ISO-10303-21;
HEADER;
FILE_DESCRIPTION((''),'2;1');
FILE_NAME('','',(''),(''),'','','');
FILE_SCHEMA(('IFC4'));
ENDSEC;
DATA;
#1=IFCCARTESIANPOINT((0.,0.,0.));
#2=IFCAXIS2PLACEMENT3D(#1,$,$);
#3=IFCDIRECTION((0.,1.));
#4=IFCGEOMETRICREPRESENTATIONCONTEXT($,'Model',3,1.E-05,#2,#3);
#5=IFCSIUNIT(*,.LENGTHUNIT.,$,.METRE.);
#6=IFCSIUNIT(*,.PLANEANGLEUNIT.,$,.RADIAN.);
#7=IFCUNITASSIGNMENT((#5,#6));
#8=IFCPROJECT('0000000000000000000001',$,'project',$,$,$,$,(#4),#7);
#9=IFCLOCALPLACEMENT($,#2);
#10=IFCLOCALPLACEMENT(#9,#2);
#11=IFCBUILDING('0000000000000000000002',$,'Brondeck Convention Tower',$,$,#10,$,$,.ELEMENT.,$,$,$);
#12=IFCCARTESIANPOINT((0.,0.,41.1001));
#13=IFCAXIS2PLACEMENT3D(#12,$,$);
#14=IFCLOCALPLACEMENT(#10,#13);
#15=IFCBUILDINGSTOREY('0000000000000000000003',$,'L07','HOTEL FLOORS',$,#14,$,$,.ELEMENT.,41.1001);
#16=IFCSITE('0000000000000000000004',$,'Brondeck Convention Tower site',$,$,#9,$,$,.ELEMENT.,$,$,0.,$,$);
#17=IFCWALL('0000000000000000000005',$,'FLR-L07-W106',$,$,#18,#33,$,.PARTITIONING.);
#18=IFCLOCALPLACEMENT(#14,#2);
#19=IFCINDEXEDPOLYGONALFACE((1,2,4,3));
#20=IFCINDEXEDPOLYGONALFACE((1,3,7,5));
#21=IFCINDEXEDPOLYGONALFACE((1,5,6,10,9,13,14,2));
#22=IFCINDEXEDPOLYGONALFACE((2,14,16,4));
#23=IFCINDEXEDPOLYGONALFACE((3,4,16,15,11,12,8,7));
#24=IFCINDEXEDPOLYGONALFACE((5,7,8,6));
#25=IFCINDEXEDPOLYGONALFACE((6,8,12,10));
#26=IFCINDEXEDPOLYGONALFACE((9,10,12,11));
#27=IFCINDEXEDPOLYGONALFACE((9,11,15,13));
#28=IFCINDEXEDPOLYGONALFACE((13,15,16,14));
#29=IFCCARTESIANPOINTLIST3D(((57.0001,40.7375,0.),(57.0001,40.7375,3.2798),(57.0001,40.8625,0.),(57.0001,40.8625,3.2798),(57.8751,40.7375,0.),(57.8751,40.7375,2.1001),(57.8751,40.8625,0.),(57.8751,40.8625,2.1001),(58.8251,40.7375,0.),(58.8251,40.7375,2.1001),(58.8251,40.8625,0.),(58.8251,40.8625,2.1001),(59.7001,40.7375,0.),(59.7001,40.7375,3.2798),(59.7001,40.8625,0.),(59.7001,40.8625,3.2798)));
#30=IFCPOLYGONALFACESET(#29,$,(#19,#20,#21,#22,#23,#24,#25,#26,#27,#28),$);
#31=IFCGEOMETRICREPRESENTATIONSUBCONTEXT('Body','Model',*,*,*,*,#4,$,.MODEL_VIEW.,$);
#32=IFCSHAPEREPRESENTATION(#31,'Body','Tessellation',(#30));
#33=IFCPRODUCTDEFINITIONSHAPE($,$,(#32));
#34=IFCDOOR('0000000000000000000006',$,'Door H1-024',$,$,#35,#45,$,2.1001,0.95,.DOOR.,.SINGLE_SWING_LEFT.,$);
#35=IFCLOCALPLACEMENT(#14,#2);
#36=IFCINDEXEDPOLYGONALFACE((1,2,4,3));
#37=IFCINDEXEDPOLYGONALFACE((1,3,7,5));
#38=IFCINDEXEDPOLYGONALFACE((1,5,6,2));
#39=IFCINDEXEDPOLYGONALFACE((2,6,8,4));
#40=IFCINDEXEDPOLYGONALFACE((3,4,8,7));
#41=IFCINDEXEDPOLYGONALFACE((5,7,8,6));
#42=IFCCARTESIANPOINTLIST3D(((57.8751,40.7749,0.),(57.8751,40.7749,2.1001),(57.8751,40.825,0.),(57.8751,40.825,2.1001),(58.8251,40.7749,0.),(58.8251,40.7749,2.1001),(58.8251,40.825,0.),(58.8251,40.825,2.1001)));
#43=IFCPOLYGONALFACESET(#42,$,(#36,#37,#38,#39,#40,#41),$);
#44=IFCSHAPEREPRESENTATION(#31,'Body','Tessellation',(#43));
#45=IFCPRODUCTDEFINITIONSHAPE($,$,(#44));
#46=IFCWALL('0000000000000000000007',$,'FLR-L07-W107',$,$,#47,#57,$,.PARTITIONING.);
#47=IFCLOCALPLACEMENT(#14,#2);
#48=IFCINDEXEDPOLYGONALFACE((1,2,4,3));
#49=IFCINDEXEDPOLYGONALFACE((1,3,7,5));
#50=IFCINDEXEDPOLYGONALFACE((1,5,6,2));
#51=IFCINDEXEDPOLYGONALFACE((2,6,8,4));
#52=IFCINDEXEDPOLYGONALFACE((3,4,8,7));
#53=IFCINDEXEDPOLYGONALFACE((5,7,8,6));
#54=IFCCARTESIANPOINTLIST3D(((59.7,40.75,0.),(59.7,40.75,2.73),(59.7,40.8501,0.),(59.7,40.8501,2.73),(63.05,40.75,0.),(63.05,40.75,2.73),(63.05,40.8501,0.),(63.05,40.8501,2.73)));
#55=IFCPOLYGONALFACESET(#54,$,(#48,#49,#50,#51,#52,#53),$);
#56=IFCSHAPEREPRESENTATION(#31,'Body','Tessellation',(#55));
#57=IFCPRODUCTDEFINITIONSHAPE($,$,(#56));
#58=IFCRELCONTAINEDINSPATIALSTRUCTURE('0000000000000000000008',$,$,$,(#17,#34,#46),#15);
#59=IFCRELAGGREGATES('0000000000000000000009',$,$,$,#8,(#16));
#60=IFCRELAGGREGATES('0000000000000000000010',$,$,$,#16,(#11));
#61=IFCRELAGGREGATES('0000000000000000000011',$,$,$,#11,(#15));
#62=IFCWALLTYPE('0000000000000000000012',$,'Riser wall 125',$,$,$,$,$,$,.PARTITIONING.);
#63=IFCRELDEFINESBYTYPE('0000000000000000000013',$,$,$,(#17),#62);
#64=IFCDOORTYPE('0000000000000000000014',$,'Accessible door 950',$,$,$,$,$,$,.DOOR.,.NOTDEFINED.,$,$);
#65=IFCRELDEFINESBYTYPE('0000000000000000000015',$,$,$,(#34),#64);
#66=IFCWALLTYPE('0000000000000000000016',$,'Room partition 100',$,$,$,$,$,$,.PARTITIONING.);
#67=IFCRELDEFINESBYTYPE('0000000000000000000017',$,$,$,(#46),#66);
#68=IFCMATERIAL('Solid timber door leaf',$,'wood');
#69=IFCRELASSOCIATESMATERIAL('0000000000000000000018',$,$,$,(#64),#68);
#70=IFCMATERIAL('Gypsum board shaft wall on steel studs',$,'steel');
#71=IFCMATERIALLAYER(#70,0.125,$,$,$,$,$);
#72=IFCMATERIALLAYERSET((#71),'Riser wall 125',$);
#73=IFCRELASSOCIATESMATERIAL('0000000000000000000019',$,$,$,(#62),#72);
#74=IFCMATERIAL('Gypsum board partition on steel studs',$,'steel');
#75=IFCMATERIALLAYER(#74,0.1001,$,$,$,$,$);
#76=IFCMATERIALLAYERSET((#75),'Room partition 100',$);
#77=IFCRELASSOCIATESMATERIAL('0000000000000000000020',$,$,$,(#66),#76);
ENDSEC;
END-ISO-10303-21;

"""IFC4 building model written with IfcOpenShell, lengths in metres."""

from ifc_helpers import new_model, si_unit, direction, frame, frame_2d, origin, place, context, subcontext, project, spatial, rectangle, extrude, material, layer, layer_set, type_object, element, fill, save


model = new_model("IFC4")

# Units and contexts
model_context = context("Model", 3, precision=1e-05, world=origin(), true_north=direction((0.0, 1.0)))
body_context = subcontext(model_context, "Body", "Model", "MODEL_VIEW")
ifc_project = project(units=[si_unit("LENGTHUNIT", "METRE"), si_unit("PLANEANGLEUNIT", "RADIAN")], contexts=[model_context])

# Site, building, storey
site_placement = place(None, origin())
site = spatial("IfcSite", under=ifc_project, at=site_placement, Name="Brondeck Convention Tower site", CompositionType="ELEMENT", RefElevation=0.0)
building_placement = place(site_placement, origin())
building = spatial("IfcBuilding", under=site, at=building_placement, Name="Brondeck Convention Tower", CompositionType="ELEMENT")
storey_placement = place(building_placement, frame((0.0, 0.0, 41.1001)))
storey = spatial("IfcBuildingStorey", under=building, at=storey_placement, Name="L07", Description="HOTEL FLOORS", CompositionType="ELEMENT", Elevation=41.1001)

# Shared definitions
ifc_material_1 = material(Name="Solid timber door leaf", Category="wood")

# Shared definitions
door_type_1 = type_object("IfcDoorType", Name="Accessible door 950", OperationType="NOTDEFINED", PredefinedType="DOOR", material=ifc_material_1)

# Shared definitions
ifc_material_2 = material(Name="Gypsum board shaft wall on steel studs", Category="steel")
ifc_layer_1 = layer(ifc_material_2, 0.125)
ifc_layer_set_1 = layer_set([ifc_layer_1], Name="Riser wall 125")
wall_type_1 = type_object("IfcWallType", Name="Riser wall 125", PredefinedType="PARTITIONING", material=ifc_layer_set_1)

# Wall, opening, door
wall_1_placement = place(storey_placement, frame((57.0, 40.8, 0.0), z_axis=(0.0, 0.0, 1.0), x_axis=(1.0, 0.0, 0.0)))
wall_1 = element("IfcWall", 1, at=wall_1_placement, inside=storey, type_object=wall_type_1, Name="FLR-L07-W106", PredefinedType="PARTITIONING", context=body_context, shape_type="SweptSolid", body=[
    extrude(rectangle(XDim=2.7, YDim=0.125, at=frame_2d((1.3501, 0.0))), origin(), (0.0, 0.0, 1.0), 3.2798),
])
opening_1_placement = place(wall_1_placement, frame((0.875, 0.0, 0.0)))
opening_1 = element("IfcOpeningElement", 2, at=opening_1_placement, cuts=wall_1, PredefinedType="OPENING", context=body_context, shape_type="SweptSolid", body=[
    extrude(rectangle(XDim=0.95, YDim=2.1001, at=frame_2d((0.4751, 1.05))), frame((0.0, 0.0725, 0.0), z_axis=(0.0, -1.0, 0.0), x_axis=(1.0, 0.0, 0.0)), (0.0, 0.0, 1.0), 0.145),
])
door_1_placement = place(opening_1_placement, origin())
door_1 = element("IfcDoor", 3, at=door_1_placement, inside=storey, type_object=door_type_1, Name="Door H1-024", OperationType="SINGLE_SWING_LEFT", OverallHeight=2.1001, OverallWidth=0.95, PredefinedType="DOOR", context=body_context, shape_type="SweptSolid", body=[
    extrude(rectangle(XDim=0.95, YDim=2.1001, at=frame_2d((0.4751, 1.05))), frame((0.0, 0.0249, 0.0), z_axis=(0.0, -1.0, 0.0), x_axis=(1.0, 0.0, 0.0)), (0.0, 0.0, 1.0), 0.05),
])
fill(opening_1, door_1)

# Wall
ifc_material_3 = material(Name="Gypsum board partition on steel studs", Category="steel")
ifc_layer_2 = layer(ifc_material_3, 0.1001)
ifc_layer_set_2 = layer_set([ifc_layer_2], Name="Room partition 100")
wall_type_2 = type_object("IfcWallType", Name="Room partition 100", PredefinedType="PARTITIONING", material=ifc_layer_set_2)
wall_2_placement = place(storey_placement, frame((59.7, 40.8, 0.0), z_axis=(0.0, 0.0, 1.0), x_axis=(1.0, 0.0, 0.0)))
element("IfcWall", 4, at=wall_2_placement, inside=storey, type_object=wall_type_2, Name="FLR-L07-W107", PredefinedType="PARTITIONING", context=body_context, shape_type="SweptSolid", body=[
    extrude(rectangle(XDim=3.3501, YDim=0.1001, at=frame_2d((1.675, 0.0))), origin(), (0.0, 0.0, 1.0), 2.73),
])

save(model, "model.ifc")
